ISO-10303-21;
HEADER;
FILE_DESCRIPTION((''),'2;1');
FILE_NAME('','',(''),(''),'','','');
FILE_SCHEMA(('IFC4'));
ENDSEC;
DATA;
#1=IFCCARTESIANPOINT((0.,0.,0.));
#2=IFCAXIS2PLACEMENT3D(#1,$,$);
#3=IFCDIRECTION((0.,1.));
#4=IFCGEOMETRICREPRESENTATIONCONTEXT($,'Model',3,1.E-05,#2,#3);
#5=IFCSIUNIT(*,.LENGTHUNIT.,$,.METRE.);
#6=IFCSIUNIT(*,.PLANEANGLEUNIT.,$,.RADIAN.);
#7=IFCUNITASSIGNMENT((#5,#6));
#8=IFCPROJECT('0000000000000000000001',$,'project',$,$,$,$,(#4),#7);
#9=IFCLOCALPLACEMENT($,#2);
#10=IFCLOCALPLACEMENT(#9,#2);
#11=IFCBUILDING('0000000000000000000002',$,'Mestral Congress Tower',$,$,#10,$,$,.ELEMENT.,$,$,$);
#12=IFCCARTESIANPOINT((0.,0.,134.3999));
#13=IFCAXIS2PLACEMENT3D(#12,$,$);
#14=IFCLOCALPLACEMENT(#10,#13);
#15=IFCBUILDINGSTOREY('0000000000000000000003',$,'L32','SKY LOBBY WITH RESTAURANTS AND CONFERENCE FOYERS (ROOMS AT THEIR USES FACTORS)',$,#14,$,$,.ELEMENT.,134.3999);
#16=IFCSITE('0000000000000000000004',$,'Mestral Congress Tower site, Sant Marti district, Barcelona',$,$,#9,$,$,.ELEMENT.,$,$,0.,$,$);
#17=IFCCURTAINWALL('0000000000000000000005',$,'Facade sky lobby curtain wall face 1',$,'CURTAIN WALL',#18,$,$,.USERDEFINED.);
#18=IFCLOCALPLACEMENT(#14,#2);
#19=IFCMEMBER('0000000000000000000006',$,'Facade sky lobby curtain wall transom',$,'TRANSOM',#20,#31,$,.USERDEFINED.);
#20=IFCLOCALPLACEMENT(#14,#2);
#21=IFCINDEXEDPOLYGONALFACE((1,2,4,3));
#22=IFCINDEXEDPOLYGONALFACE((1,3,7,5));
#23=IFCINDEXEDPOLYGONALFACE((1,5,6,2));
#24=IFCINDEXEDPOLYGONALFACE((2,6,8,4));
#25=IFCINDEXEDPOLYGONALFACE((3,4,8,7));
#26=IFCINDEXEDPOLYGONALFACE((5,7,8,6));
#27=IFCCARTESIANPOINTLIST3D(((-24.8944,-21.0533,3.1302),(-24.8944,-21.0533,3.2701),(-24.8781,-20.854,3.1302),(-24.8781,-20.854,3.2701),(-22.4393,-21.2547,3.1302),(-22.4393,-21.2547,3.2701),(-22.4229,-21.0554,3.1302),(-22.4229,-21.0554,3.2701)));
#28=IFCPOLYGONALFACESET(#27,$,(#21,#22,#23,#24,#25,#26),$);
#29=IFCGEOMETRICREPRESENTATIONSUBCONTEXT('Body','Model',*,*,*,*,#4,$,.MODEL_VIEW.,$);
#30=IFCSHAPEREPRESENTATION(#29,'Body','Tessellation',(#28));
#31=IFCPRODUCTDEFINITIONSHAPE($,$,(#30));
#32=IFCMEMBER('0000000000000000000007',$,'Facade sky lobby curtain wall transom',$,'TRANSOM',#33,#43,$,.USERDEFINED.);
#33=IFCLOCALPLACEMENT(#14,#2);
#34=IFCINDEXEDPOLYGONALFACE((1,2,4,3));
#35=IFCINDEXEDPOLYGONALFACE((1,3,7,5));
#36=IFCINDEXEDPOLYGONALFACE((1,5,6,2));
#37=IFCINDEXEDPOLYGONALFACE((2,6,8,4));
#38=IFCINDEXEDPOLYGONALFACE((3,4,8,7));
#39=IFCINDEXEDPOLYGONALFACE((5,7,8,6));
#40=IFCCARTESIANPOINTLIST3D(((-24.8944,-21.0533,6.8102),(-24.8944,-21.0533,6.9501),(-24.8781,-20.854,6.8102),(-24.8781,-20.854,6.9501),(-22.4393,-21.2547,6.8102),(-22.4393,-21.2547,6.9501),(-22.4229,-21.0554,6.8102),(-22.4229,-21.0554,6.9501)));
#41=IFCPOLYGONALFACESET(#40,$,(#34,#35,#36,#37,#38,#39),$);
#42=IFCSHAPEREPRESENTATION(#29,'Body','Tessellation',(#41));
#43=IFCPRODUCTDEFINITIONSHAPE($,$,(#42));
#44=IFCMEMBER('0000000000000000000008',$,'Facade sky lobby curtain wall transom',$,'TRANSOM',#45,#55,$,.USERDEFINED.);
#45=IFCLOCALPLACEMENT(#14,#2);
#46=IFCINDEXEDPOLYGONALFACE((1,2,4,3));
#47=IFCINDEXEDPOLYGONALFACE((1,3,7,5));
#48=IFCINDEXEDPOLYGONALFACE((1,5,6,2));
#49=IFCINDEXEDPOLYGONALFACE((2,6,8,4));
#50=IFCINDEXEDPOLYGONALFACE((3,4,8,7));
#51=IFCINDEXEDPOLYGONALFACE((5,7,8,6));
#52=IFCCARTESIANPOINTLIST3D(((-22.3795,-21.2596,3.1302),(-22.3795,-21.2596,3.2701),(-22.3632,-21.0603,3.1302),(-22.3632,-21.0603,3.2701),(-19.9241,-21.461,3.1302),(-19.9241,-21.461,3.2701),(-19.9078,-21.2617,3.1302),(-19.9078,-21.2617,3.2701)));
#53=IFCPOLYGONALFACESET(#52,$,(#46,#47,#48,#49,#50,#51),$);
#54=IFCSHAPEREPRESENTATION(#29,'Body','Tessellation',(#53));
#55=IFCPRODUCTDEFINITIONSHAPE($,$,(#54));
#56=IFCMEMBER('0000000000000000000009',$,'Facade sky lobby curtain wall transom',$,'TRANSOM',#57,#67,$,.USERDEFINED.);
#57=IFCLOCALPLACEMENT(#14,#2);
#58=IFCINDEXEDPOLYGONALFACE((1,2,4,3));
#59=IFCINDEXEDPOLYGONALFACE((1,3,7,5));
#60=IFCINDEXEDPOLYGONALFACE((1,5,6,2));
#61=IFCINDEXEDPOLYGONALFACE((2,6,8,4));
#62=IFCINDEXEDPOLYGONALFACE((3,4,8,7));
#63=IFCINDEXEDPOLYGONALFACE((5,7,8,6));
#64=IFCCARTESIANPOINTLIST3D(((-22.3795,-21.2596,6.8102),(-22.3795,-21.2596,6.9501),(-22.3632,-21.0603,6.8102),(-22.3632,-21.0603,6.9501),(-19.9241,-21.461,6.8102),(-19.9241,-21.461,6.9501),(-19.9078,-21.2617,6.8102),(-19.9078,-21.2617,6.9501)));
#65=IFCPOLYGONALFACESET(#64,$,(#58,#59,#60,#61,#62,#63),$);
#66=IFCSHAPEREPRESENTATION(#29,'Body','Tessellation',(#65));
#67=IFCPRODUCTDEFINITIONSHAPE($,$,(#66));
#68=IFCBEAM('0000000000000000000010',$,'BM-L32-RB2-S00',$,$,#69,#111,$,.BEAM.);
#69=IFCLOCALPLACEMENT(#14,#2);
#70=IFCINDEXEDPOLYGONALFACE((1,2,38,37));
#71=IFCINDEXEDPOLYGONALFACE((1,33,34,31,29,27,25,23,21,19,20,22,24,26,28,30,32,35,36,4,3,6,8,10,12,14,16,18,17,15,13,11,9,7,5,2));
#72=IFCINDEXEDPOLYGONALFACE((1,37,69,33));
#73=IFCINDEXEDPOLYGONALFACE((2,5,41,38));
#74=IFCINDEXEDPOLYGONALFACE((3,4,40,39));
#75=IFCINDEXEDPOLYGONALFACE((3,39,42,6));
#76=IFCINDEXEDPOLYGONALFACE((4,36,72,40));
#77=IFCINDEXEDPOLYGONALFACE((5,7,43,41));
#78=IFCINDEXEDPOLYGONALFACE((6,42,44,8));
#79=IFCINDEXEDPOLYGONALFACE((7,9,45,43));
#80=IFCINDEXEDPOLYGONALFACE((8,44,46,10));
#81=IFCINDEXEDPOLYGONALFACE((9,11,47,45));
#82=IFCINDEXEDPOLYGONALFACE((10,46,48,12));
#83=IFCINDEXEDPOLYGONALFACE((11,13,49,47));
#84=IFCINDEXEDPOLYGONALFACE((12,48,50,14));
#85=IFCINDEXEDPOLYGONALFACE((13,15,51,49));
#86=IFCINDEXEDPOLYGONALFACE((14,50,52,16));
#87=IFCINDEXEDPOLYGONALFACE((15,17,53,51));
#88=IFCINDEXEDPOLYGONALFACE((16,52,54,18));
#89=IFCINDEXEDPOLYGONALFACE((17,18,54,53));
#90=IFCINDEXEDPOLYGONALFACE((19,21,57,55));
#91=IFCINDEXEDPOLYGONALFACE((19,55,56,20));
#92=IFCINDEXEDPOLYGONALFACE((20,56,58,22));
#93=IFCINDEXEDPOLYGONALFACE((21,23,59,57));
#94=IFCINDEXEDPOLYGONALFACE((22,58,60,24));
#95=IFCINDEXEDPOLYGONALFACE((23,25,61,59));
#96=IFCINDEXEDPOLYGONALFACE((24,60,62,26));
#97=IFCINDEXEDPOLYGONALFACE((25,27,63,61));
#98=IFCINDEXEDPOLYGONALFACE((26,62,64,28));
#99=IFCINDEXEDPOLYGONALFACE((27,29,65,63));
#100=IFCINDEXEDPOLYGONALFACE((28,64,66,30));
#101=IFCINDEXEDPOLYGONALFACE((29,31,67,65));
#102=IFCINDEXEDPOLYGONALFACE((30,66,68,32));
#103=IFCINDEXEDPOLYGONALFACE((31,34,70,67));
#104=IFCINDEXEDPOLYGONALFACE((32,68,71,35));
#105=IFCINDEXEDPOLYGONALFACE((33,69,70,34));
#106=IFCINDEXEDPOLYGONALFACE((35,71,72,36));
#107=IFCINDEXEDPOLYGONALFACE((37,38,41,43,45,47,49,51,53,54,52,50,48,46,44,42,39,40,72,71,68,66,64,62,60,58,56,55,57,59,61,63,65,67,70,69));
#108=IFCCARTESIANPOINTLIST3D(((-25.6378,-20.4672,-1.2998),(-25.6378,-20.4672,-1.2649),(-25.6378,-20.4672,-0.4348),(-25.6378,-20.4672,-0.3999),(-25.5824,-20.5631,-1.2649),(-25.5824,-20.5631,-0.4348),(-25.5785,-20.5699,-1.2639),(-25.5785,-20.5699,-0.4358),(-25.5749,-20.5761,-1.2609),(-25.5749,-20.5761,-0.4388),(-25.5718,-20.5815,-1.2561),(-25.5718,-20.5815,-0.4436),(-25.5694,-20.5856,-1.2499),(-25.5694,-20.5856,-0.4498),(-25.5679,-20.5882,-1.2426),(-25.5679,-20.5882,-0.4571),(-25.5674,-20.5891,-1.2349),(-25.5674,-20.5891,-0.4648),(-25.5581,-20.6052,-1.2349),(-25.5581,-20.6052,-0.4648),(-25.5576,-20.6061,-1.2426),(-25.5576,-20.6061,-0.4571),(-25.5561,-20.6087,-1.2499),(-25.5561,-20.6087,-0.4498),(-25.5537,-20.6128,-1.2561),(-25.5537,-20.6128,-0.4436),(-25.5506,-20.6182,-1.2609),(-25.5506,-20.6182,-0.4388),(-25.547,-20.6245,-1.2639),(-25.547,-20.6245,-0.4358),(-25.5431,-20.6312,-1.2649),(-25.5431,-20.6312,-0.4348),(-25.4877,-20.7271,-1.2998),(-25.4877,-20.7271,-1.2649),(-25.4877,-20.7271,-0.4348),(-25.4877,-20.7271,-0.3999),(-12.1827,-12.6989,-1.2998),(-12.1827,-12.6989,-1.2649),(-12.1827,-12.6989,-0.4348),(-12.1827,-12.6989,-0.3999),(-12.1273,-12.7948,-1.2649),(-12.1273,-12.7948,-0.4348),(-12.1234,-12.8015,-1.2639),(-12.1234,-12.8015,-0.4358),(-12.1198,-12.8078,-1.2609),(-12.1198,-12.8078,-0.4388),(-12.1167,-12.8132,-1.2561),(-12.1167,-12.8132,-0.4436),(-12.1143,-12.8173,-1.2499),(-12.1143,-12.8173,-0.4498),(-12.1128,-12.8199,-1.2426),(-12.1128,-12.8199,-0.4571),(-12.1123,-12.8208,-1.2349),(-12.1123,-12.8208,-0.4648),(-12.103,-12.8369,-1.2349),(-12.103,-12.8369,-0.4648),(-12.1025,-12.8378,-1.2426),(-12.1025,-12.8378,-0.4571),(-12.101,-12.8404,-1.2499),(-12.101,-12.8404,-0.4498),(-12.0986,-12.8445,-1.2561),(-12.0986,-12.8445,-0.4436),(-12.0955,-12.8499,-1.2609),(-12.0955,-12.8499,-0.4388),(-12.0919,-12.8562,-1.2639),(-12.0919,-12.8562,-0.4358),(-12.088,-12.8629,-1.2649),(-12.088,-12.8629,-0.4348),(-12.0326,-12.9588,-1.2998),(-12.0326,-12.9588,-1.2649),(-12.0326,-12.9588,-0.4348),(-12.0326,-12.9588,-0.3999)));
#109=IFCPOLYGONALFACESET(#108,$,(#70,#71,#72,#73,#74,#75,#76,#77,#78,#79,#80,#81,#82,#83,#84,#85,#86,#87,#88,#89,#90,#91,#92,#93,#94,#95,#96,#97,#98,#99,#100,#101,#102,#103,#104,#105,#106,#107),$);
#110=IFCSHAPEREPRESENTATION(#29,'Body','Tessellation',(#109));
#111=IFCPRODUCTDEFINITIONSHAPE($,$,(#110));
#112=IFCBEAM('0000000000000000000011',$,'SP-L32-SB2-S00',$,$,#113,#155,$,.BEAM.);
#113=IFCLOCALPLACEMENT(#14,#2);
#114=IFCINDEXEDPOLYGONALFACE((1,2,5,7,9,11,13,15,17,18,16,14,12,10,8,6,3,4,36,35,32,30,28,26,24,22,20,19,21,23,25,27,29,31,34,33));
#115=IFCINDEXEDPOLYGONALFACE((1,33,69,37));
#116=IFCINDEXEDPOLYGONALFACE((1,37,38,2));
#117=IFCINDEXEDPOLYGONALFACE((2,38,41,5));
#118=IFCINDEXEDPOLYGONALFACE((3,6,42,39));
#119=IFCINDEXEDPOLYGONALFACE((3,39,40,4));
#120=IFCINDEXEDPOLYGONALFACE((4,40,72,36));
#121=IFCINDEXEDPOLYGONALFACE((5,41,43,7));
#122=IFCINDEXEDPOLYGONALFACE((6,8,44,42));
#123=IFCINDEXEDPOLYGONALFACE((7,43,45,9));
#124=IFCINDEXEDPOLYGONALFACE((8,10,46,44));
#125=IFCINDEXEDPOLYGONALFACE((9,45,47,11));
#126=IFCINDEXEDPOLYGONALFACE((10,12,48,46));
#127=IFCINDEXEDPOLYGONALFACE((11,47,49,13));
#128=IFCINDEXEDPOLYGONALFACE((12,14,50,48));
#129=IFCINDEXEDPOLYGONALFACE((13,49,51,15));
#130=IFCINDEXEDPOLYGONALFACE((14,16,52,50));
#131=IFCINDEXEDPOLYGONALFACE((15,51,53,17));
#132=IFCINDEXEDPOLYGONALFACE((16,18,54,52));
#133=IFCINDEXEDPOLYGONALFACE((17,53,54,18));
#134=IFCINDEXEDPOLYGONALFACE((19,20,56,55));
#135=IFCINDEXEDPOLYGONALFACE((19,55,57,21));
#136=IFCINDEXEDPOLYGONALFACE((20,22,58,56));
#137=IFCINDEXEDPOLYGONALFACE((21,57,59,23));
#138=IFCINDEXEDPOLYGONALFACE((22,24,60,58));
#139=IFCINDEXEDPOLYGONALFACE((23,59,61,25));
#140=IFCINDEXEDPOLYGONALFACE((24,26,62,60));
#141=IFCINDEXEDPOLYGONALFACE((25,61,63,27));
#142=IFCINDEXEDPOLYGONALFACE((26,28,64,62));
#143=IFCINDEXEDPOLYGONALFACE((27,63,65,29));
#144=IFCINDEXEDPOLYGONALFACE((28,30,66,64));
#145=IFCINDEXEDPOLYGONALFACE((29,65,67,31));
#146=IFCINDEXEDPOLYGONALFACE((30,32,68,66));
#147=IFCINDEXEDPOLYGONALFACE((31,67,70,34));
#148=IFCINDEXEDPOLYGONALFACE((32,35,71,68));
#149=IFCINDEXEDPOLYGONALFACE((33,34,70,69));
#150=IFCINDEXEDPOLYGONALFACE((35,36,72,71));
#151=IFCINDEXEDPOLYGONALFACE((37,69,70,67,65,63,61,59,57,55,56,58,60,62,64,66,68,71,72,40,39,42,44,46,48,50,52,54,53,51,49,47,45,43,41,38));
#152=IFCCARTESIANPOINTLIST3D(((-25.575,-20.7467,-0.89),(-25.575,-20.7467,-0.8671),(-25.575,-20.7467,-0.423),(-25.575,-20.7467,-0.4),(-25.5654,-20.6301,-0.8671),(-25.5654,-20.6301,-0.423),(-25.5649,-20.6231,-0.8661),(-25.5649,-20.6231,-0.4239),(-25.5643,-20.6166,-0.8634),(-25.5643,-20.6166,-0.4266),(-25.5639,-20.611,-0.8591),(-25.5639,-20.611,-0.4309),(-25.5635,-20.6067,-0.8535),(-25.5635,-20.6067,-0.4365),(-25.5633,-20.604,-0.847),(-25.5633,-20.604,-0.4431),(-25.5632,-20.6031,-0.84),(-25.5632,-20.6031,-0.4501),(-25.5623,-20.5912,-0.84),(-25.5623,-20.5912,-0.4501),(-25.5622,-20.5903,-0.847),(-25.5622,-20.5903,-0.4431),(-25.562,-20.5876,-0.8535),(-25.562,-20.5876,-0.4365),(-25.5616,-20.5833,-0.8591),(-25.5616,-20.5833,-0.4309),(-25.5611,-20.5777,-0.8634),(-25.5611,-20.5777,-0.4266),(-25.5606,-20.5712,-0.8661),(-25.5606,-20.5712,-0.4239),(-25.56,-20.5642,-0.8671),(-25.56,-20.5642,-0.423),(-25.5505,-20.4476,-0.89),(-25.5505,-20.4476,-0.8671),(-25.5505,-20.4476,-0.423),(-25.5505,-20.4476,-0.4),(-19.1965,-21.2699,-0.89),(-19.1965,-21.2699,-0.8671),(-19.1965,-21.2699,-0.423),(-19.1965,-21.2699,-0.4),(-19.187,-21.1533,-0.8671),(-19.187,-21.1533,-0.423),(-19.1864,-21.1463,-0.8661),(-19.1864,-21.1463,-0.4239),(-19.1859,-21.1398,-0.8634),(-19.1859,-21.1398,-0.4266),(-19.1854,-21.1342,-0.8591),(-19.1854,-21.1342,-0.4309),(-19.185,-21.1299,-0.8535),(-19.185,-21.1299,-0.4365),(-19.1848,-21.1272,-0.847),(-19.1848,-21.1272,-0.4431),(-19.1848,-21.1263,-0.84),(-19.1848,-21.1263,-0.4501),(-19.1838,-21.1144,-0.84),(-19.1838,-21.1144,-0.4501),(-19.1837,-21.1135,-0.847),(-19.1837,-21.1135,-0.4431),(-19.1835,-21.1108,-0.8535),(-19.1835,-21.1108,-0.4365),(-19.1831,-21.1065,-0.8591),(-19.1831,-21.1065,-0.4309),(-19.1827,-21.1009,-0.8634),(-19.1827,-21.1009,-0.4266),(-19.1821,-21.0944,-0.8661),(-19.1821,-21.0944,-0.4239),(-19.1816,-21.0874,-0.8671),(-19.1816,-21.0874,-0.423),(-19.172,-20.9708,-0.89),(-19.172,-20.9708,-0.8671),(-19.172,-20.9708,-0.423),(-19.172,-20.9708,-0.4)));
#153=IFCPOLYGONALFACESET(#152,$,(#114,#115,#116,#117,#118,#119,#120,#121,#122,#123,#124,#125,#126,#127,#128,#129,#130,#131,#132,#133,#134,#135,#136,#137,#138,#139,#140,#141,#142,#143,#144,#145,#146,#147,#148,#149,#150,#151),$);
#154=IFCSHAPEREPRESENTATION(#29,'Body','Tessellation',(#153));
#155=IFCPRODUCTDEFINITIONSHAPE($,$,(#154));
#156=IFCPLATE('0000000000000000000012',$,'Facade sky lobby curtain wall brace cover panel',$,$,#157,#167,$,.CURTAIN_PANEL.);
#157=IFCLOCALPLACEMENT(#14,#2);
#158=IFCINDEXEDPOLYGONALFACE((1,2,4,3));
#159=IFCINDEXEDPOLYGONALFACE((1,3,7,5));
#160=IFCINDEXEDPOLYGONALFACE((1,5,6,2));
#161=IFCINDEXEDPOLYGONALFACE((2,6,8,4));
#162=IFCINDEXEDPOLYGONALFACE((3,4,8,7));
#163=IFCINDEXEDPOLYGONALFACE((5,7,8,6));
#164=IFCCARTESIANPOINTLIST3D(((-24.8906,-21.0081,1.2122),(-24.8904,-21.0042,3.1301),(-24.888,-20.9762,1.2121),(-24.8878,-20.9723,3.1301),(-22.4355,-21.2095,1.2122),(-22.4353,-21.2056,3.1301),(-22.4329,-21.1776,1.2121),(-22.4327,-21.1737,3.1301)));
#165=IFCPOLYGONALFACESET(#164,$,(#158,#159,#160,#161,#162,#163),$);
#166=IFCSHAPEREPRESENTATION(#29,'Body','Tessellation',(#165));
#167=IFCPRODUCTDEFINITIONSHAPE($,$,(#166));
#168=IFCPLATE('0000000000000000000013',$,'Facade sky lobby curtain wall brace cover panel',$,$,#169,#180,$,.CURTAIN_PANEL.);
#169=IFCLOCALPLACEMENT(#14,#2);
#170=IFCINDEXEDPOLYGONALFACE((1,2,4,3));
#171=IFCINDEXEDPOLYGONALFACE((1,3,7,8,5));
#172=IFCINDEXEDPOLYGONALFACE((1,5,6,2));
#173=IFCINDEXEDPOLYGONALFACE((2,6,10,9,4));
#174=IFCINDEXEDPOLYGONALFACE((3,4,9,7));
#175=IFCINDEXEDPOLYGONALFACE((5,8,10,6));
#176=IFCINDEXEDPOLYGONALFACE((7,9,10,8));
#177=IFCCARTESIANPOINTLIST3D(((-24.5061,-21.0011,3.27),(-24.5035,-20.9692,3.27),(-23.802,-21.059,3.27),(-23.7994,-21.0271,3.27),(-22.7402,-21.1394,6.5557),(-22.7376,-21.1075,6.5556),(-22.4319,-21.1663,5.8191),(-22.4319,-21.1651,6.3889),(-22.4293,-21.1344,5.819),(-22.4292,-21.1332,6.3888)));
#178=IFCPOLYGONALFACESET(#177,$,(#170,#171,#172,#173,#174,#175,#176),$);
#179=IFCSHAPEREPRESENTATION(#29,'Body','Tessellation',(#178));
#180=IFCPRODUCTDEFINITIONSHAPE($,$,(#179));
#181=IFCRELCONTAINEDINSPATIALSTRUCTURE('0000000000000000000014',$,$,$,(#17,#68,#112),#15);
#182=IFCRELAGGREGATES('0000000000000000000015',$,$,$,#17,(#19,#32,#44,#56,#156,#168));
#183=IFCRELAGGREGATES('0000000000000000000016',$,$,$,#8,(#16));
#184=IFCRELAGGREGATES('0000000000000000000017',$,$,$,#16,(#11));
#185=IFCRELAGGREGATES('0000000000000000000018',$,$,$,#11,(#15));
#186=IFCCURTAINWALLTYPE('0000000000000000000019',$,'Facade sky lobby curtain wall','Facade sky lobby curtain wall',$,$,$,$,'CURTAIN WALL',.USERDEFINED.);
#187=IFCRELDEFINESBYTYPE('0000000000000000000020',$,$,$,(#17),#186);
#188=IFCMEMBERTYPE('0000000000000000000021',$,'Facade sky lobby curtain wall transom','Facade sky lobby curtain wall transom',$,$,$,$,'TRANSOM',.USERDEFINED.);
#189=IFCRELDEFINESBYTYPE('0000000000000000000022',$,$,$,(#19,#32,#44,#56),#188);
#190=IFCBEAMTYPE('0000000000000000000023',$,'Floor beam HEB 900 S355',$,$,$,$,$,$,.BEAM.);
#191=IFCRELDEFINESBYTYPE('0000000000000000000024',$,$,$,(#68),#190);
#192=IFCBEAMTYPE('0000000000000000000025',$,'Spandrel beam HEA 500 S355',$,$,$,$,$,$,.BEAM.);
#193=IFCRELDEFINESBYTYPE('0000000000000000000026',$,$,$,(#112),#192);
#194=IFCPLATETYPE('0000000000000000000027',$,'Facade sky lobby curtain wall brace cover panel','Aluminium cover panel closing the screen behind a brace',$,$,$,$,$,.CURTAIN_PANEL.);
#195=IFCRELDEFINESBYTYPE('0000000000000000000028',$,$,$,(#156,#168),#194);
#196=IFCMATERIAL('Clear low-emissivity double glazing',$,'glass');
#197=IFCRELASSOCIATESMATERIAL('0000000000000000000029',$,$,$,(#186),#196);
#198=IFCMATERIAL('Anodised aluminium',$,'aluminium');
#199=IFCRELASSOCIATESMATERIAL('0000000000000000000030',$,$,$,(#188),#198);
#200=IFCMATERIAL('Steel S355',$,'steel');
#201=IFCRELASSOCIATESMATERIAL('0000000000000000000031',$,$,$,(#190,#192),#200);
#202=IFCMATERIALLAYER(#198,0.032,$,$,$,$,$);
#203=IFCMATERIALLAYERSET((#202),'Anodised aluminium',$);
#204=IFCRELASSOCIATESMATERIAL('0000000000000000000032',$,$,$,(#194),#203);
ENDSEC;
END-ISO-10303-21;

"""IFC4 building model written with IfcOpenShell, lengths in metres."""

from ifc_helpers import new_model, si_unit, direction, frame, origin, origin_2d, place, context, subcontext, project, spatial, polyline, rectangle, i_section, outline, extrude, material, layer, layer_set, material_profile, profile_set, type_object, element, aggregate, save


model = new_model("IFC4")

# Units and contexts
model_context = context("Model", 3, precision=1e-05, world=origin(), true_north=direction((0.0, 1.0)))
body_context = subcontext(model_context, "Body", "Model", "MODEL_VIEW")
ifc_project = project(units=[si_unit("LENGTHUNIT", "METRE"), si_unit("PLANEANGLEUNIT", "RADIAN")], contexts=[model_context])

# Site, building, storey
site_placement = place(None, origin())
site = spatial("IfcSite", under=ifc_project, at=site_placement, Name="Mestral Congress Tower site, Sant Marti district, Barcelona", CompositionType="ELEMENT", RefElevation=0.0)
building_placement = place(site_placement, origin())
building = spatial("IfcBuilding", under=site, at=building_placement, Name="Mestral Congress Tower", CompositionType="ELEMENT")
storey_placement = place(building_placement, frame((0.0, 0.0, 134.3999)))
storey = spatial("IfcBuildingStorey", under=building, at=storey_placement, Name="L32", Description="SKY LOBBY WITH RESTAURANTS AND CONFERENCE FOYERS (ROOMS AT THEIR USES FACTORS)", CompositionType="ELEMENT", Elevation=134.3999)

# Shared definitions
ifc_material_1 = material(Name="Steel S355", Category="steel")

# Curtain wall
ifc_material_2 = material(Name="Clear low-emissivity double glazing", Category="glass")
curtain_wall_type = type_object("IfcCurtainWallType", Name="Facade sky lobby curtain wall", Description="Facade sky lobby curtain wall", ElementType="CURTAIN WALL", PredefinedType="USERDEFINED", material=ifc_material_2)
placement = place(storey_placement, origin())
curtain_wall_1 = element("IfcCurtainWall", 1, at=placement, inside=storey, type_object=curtain_wall_type, Name="Facade sky lobby curtain wall face 1", ObjectType="CURTAIN WALL", PredefinedType="USERDEFINED")
ifc_material_3 = material(Name="Anodised aluminium", Category="aluminium")

# Members
ifc_material_profile_1 = material_profile(ifc_material_3, rectangle(XDim=0.2, YDim=0.1399, at=origin_2d()), Name="CW1 transom 200 x 140")
ifc_profile_set_1 = profile_set([ifc_material_profile_1], Name="Anodised aluminium")
member_type_1 = type_object("IfcMemberType", Name="Facade sky lobby curtain wall transom", Description="Facade sky lobby curtain wall transom", ElementType="TRANSOM", PredefinedType="USERDEFINED", material=ifc_profile_set_1)
member_1_placement = place(storey_placement, frame((-24.8862, -20.9536, 3.2002), z_axis=(0.996652, -0.081766, 0.0), x_axis=(0.081766, 0.996652, 0.0)))
member_1 = element("IfcMember", 2, at=member_1_placement, type_object=member_type_1, Name="Facade sky lobby curtain wall transom", ObjectType="TRANSOM", PredefinedType="USERDEFINED", context=body_context, shape_type="SweptSolid", body=[
    extrude(rectangle(XDim=0.2, YDim=0.1399, at=origin_2d()), origin(), (0.0, 0.0, 1.0), 2.4634),
])
member_2_placement = place(storey_placement, frame((-24.8862, -20.9536, 6.8801), z_axis=(0.996652, -0.081766, 0.0), x_axis=(0.081766, 0.996652, 0.0)))
member_2 = element("IfcMember", 3, at=member_2_placement, type_object=member_type_1, Name="Facade sky lobby curtain wall transom", ObjectType="TRANSOM", PredefinedType="USERDEFINED", context=body_context, shape_type="SweptSolid", body=[
    extrude(rectangle(XDim=0.2, YDim=0.1399, at=origin_2d()), origin(), (0.0, 0.0, 1.0), 2.4634),
])
member_3_placement = place(storey_placement, frame((-22.3713, -21.1599, 3.2002), z_axis=(0.996652, -0.081758, 0.0), x_axis=(0.081758, 0.996652, 0.0)))
member_3 = element("IfcMember", 4, at=member_3_placement, type_object=member_type_1, Name="Facade sky lobby curtain wall transom", ObjectType="TRANSOM", PredefinedType="USERDEFINED", context=body_context, shape_type="SweptSolid", body=[
    extrude(rectangle(XDim=0.2, YDim=0.1399, at=origin_2d()), origin(), (0.0, 0.0, 1.0), 2.4636),
])
member_4_placement = place(storey_placement, frame((-22.3713, -21.1599, 6.8801), z_axis=(0.996652, -0.081758, 0.0), x_axis=(0.081758, 0.996652, 0.0)))
member_4 = element("IfcMember", 5, at=member_4_placement, type_object=member_type_1, Name="Facade sky lobby curtain wall transom", ObjectType="TRANSOM", PredefinedType="USERDEFINED", context=body_context, shape_type="SweptSolid", body=[
    extrude(rectangle(XDim=0.2, YDim=0.1399, at=origin_2d()), origin(), (0.0, 0.0, 1.0), 2.4636),
])

# Beams
ifc_material_profile_2 = material_profile(ifc_material_1, i_section(OverallWidth=0.3, OverallDepth=0.8999, WebThickness=0.0186, FlangeThickness=0.0349, FilletRadius=0.03, at=origin_2d()), Name="HEB 900")
ifc_profile_set_2 = profile_set([ifc_material_profile_2], Name="Steel S355")
beam_type_1 = type_object("IfcBeamType", Name="Floor beam HEB 900 S355", PredefinedType="BEAM", material=ifc_profile_set_2)
beam_1_placement = place(storey_placement, frame((-25.5627, -20.5972, -0.8499), z_axis=(0.866025, 0.500001, 0.0), x_axis=(-0.500001, 0.866025, 0.0)))
element("IfcBeam", 6, at=beam_1_placement, inside=storey, type_object=beam_type_1, Name="BM-L32-RB2-S00", PredefinedType="BEAM", context=body_context, shape_type="SweptSolid", body=[
    extrude(i_section(OverallWidth=0.3, OverallDepth=0.8999, WebThickness=0.0186, FlangeThickness=0.0349, FilletRadius=0.03, at=origin_2d()), origin(), (0.0, 0.0, 1.0), 15.5366),
])
ifc_material_profile_3 = material_profile(ifc_material_1, i_section(OverallWidth=0.3, OverallDepth=0.49, WebThickness=0.012, FlangeThickness=0.0229, FilletRadius=0.0271, at=origin_2d()), Name="HEA 500")
ifc_profile_set_3 = profile_set([ifc_material_profile_3], Name="Steel S355")
beam_type_2 = type_object("IfcBeamType", Name="Spandrel beam HEA 500 S355", PredefinedType="BEAM", material=ifc_profile_set_3)
beam_2_placement = place(storey_placement, frame((-25.5627, -20.5972, -0.645), z_axis=(0.996653, -0.081751, 0.0), x_axis=(0.081751, 0.996653, 0.0)))
element("IfcBeam", 7, at=beam_2_placement, inside=storey, type_object=beam_type_2, Name="SP-L32-SB2-S00", PredefinedType="BEAM", context=body_context, shape_type="SweptSolid", body=[
    extrude(i_section(OverallWidth=0.3, OverallDepth=0.49, WebThickness=0.012, FlangeThickness=0.0229, FilletRadius=0.0271, at=origin_2d()), origin(), (0.0, 0.0, 1.0), 6.3999),
])

# Plates
ifc_layer_1 = layer(ifc_material_3, 0.032)
ifc_layer_set_1 = layer_set([ifc_layer_1], Name="Anodised aluminium")
plate_type_1 = type_object("IfcPlateType", Name="Facade sky lobby curtain wall brace cover panel", Description="Aluminium cover panel closing the screen behind a brace", PredefinedType="CURTAIN_PANEL", material=ifc_layer_set_1)
plate_1_placement = place(storey_placement, frame((-22.4353, -21.2056, 3.1301), z_axis=(-0.081766, -0.996649, 0.00204), x_axis=(-0.000127, -0.002037, -0.999998)))
plate_1 = element("IfcPlate", 8, at=plate_1_placement, type_object=plate_type_1, Name="Facade sky lobby curtain wall brace cover panel", PredefinedType="CURTAIN_PANEL", context=body_context, shape_type="SweptSolid", body=[
    extrude(outline(polyline([(0.0, 0.0), (1.918, 0.0), (1.9179, -2.4633), (-0.0001, -2.4633), (0.0, 0.0)])), origin(), (0.0, 0.0, -1.0), 0.032),
])
plate_2_placement = place(storey_placement, frame((-22.4319, -21.1663, 5.8191), z_axis=(-0.081906, -0.996638, 0.002077), x_axis=(-0.473113, 0.037047, -0.880222)))
plate_2 = element("IfcPlate", 9, at=plate_2_placement, type_object=plate_type_1, Name="Facade sky lobby curtain wall brace cover panel", PredefinedType="CURTAIN_PANEL", context=body_context, shape_type="SweptSolid", body=[
    extrude(outline(polyline([(0.0, 0.0), (2.8959, 0.0), (3.2312, -0.6219), (-0.5015, -0.622), (-0.5015, -0.2705), (0.0, 0.0)])), origin(), (0.0, 0.0, -1.0), 0.032),
])

aggregate(curtain_wall_1, [member_1, member_2, member_3, member_4, plate_1, plate_2])

save(model, "model.ifc")
